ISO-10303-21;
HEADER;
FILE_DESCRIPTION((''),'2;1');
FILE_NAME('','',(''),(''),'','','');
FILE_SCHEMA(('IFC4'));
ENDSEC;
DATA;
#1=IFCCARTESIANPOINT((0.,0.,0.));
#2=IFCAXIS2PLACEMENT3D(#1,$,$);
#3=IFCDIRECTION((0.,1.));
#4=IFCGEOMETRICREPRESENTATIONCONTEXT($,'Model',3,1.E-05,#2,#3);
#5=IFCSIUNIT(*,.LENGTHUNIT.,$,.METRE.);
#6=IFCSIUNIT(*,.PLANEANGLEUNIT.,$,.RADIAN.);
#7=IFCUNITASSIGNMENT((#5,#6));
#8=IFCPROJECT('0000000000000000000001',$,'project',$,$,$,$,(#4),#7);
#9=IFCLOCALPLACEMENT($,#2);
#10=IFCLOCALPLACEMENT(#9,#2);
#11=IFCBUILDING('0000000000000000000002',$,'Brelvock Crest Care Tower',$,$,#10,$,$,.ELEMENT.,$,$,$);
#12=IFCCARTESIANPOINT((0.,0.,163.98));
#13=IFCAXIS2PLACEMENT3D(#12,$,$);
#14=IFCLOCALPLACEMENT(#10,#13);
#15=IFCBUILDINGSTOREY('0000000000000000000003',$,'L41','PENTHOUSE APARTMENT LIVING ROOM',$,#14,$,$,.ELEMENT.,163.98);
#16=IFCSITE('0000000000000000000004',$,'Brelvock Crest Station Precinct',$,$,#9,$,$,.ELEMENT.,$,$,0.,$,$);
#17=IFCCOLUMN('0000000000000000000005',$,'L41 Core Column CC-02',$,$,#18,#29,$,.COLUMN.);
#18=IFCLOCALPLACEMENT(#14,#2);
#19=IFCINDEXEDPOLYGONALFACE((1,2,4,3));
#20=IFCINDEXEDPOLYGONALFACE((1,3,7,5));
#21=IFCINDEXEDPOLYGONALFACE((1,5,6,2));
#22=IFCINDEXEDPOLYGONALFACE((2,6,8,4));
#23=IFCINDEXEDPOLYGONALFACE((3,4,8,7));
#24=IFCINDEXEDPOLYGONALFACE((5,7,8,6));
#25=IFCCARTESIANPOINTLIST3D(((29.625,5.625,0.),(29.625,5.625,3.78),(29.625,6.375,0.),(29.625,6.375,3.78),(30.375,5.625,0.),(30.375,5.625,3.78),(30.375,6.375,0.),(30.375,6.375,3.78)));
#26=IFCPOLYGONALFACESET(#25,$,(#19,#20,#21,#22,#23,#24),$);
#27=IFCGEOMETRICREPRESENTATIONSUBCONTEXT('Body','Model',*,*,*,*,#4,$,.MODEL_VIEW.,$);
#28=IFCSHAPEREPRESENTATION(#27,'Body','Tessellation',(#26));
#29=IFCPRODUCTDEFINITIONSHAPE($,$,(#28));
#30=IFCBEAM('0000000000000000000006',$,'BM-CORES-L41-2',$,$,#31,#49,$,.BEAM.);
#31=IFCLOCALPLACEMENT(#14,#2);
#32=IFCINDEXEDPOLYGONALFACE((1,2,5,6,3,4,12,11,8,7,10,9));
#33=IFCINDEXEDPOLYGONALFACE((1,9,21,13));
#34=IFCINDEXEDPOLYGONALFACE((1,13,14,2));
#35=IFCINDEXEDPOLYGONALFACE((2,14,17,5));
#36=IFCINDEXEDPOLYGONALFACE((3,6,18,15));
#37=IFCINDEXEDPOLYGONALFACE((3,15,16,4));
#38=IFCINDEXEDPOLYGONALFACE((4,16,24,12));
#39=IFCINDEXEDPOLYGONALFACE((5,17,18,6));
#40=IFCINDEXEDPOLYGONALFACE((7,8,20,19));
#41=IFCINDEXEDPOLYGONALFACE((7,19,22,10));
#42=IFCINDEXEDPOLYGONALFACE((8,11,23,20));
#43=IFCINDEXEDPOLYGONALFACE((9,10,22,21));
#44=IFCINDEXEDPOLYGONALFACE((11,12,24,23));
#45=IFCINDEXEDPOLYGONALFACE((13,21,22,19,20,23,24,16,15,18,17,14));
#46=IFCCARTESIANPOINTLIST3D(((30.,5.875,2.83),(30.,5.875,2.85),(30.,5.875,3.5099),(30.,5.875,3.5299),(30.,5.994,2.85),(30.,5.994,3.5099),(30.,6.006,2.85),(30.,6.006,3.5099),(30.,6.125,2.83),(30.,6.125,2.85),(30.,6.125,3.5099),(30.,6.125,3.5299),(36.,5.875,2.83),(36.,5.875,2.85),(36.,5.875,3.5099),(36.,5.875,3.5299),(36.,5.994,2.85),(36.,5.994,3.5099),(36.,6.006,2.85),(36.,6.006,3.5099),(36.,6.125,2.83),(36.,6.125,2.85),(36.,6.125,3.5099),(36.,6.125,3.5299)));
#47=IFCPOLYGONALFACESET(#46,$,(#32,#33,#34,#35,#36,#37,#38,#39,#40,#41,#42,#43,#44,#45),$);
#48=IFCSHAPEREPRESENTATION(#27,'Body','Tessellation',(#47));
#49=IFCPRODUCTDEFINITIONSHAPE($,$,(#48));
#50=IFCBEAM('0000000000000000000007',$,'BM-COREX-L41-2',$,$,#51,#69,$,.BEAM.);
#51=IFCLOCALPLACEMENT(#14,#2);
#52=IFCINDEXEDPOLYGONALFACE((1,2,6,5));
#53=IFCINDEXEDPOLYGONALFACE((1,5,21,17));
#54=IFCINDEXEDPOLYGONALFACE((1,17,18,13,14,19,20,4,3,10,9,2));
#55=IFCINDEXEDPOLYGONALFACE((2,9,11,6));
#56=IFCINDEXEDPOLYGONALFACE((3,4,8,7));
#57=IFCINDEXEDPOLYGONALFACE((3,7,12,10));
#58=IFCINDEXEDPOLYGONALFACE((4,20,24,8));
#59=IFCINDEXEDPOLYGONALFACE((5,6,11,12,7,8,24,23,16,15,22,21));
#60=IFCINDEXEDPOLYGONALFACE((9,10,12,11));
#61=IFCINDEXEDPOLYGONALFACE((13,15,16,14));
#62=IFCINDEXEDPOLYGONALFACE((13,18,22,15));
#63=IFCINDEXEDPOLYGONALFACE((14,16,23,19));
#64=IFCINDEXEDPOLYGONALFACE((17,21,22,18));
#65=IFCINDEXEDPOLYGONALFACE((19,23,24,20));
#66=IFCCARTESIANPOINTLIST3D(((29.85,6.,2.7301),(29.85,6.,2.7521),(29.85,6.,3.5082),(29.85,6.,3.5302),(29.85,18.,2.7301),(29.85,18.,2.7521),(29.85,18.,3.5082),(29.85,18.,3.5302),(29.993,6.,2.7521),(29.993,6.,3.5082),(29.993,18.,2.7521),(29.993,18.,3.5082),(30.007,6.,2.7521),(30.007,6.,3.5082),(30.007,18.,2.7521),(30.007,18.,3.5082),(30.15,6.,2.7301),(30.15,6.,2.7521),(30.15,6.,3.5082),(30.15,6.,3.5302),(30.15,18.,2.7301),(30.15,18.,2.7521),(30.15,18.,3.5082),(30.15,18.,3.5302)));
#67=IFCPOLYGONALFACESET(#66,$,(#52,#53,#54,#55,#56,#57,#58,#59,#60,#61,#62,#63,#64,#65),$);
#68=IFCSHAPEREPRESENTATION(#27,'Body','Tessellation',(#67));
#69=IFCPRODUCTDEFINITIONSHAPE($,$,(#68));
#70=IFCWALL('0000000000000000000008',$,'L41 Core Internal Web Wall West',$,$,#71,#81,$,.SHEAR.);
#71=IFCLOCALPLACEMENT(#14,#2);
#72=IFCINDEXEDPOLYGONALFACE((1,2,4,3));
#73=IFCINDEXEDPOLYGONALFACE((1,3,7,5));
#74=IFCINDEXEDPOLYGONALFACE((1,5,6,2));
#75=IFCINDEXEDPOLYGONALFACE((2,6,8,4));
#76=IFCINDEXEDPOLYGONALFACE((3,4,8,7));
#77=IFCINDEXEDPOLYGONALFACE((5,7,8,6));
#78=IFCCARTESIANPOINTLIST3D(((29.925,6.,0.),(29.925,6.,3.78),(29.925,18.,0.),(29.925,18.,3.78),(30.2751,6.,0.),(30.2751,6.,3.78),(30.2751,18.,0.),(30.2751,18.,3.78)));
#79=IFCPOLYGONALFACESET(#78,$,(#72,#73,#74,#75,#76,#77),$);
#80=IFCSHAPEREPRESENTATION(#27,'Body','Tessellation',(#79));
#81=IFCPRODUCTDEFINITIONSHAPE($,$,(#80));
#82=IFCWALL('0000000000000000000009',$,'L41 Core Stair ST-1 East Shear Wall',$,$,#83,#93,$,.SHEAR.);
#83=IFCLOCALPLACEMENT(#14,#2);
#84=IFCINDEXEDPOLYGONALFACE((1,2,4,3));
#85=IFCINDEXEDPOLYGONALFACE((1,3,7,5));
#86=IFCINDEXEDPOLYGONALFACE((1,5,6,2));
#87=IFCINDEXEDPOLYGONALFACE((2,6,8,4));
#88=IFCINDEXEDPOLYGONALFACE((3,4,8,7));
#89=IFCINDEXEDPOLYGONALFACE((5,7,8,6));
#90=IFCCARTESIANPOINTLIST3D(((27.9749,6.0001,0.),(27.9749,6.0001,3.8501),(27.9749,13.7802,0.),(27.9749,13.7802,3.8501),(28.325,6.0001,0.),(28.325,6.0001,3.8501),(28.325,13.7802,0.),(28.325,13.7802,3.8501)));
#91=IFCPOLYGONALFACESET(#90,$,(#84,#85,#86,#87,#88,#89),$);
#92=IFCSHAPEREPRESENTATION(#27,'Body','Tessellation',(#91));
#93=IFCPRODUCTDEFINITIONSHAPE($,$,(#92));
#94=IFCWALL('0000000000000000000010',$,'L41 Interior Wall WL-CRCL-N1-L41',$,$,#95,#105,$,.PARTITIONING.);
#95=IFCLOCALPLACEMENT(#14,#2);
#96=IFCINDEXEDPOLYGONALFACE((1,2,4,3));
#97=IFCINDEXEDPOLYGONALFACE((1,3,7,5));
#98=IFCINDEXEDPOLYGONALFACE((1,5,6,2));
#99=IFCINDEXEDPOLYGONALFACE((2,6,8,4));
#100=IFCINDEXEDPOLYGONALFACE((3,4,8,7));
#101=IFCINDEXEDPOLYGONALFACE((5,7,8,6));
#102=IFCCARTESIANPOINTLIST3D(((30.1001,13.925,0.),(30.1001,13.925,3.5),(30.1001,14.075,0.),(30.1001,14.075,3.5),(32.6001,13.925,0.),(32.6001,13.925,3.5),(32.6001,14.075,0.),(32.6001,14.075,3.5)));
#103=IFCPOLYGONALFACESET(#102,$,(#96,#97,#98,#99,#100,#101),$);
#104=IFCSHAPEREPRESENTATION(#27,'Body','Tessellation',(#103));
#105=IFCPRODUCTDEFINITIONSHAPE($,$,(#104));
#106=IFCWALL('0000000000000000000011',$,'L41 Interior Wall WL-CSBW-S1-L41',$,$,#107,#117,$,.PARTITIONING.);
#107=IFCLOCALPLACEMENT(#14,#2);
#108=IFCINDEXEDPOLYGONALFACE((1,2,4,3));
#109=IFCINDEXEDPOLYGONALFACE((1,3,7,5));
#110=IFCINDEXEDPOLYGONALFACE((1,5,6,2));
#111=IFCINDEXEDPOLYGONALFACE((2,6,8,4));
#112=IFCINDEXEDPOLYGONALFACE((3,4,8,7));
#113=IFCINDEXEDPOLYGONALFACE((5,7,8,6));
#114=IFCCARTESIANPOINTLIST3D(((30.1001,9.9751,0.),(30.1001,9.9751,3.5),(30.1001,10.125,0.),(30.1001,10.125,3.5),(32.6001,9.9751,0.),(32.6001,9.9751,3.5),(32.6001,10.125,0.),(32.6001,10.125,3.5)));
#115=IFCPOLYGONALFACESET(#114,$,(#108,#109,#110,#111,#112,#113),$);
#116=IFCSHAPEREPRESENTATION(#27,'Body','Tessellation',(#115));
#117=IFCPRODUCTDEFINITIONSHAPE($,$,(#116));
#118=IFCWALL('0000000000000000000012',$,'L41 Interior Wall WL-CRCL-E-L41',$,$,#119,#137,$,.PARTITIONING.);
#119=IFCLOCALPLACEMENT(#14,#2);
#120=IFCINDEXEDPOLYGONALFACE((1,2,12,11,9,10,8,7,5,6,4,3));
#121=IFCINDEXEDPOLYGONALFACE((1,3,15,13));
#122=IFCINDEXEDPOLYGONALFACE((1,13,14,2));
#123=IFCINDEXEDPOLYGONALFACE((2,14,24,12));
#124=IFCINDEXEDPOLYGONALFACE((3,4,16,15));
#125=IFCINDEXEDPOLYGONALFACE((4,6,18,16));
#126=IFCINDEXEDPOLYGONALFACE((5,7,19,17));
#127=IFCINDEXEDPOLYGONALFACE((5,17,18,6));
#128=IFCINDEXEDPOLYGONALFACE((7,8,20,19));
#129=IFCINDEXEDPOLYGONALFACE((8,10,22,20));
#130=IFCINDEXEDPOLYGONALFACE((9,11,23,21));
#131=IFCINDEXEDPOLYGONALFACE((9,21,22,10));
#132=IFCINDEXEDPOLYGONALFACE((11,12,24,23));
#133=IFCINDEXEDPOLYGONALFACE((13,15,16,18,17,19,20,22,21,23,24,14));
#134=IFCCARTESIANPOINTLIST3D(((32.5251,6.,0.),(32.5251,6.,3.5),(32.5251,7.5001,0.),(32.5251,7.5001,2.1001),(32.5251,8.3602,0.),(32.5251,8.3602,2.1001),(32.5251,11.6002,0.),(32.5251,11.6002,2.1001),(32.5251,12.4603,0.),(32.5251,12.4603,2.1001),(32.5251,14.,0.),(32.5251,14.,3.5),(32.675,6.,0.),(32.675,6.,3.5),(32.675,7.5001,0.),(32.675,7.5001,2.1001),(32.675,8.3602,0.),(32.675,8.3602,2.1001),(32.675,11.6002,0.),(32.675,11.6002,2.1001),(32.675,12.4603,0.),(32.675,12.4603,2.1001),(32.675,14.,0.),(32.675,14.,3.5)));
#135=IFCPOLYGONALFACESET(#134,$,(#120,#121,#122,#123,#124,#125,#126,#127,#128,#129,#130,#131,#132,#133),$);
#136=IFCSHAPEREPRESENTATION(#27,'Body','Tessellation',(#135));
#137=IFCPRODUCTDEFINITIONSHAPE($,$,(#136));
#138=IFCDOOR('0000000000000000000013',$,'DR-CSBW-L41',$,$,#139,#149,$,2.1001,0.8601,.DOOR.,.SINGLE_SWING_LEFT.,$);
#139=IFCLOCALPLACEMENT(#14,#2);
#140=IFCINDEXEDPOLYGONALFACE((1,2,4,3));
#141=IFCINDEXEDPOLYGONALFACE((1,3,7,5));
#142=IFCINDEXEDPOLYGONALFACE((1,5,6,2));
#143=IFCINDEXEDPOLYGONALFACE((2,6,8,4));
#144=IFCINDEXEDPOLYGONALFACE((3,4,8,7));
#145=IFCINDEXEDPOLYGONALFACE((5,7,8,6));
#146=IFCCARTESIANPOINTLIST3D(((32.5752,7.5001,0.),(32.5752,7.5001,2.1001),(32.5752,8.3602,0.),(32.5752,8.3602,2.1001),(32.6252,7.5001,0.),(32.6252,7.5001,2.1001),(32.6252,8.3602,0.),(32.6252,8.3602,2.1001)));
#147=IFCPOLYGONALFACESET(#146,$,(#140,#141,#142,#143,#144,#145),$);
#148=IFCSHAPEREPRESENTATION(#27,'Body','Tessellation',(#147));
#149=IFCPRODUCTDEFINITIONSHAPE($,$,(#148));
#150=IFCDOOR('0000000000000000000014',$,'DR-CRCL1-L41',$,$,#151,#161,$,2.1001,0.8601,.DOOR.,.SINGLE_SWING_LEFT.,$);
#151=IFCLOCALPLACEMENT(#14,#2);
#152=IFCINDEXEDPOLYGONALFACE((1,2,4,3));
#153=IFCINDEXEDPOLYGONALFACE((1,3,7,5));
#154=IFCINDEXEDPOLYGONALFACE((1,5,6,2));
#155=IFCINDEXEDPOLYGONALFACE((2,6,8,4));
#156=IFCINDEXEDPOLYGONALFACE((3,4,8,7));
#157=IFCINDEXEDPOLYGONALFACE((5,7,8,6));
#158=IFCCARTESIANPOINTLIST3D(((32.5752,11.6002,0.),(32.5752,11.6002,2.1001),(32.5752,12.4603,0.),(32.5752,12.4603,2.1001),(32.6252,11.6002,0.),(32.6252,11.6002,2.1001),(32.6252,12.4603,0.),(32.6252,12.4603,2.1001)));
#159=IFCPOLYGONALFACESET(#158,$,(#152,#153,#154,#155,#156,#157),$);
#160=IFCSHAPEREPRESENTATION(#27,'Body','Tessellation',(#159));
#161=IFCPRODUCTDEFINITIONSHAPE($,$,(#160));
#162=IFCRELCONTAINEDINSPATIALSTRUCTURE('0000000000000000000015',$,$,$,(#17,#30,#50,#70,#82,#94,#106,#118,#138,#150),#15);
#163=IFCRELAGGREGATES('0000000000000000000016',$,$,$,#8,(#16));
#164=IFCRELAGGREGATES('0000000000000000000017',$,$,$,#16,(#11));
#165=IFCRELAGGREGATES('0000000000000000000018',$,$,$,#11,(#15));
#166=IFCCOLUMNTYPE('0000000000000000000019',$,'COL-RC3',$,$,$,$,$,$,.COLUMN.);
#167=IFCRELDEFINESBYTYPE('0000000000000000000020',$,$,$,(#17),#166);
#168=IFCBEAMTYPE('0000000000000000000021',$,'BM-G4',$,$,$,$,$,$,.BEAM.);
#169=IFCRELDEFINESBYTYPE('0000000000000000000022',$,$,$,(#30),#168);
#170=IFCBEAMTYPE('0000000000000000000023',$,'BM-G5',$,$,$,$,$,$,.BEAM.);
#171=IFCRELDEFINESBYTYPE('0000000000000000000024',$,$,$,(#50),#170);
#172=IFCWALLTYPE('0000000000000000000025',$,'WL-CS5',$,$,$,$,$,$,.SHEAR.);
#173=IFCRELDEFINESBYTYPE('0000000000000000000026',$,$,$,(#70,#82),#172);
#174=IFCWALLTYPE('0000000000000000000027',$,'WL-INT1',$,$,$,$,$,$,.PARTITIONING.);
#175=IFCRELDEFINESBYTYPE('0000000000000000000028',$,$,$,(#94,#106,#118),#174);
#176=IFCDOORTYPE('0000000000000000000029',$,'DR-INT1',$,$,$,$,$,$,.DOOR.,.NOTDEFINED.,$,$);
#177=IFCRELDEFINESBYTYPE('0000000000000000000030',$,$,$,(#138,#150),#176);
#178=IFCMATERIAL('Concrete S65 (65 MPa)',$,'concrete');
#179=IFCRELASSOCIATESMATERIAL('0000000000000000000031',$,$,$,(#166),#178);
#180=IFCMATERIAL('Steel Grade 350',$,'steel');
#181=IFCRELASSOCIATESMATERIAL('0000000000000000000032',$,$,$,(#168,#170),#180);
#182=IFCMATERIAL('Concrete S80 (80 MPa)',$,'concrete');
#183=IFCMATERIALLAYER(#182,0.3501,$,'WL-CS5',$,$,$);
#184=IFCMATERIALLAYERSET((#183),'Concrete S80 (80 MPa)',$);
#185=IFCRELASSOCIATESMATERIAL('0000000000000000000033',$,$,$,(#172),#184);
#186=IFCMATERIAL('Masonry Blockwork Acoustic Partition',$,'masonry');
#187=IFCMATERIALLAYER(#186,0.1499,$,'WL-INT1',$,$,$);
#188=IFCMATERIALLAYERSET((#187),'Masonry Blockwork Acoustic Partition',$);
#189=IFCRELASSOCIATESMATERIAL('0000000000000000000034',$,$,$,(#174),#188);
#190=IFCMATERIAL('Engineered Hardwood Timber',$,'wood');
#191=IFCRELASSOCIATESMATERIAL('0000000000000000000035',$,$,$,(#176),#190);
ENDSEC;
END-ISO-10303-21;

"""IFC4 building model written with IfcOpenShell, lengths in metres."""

from ifc_helpers import new_model, si_unit, direction, frame, frame_2d, origin, origin_2d, place, context, subcontext, project, spatial, rectangle, i_section, extrude, source, transform, mapped, material, layer, layer_set, material_profile, profile_set, type_object, element, fill, save


model = new_model("IFC4")

# Units and contexts
model_context = context("Model", 3, precision=1e-05, world=origin(), true_north=direction((0.0, 1.0)))
body_context = subcontext(model_context, "Body", "Model", "MODEL_VIEW")
ifc_project = project(units=[si_unit("LENGTHUNIT", "METRE"), si_unit("PLANEANGLEUNIT", "RADIAN")], contexts=[model_context])

# Site, building, storey
site_placement = place(None, origin())
site = spatial("IfcSite", under=ifc_project, at=site_placement, Name="Brelvock Crest Station Precinct", CompositionType="ELEMENT", RefElevation=0.0)
building_placement = place(site_placement, origin())
building = spatial("IfcBuilding", under=site, at=building_placement, Name="Brelvock Crest Care Tower", CompositionType="ELEMENT")
storey_placement = place(building_placement, frame((0.0, 0.0, 163.98)))
storey = spatial("IfcBuildingStorey", under=building, at=storey_placement, Name="L41", Description="PENTHOUSE APARTMENT LIVING ROOM", CompositionType="ELEMENT", Elevation=163.98)

# Column
ifc_material_1 = material(Name="Concrete S65 (65 MPa)", Category="concrete")
ifc_material_profile_1 = material_profile(ifc_material_1, rectangle(XDim=0.75, YDim=0.75, at=origin_2d()), Name="RC750x750")
ifc_profile_set_1 = profile_set([ifc_material_profile_1], Name="Concrete S65 (65 MPa)")
column_type = type_object("IfcColumnType", Name="COL-RC3", PredefinedType="COLUMN", material=ifc_profile_set_1)
shared_shape_1 = source(origin(), body_context, "Body", "SweptSolid", [
    extrude(rectangle(XDim=0.75, YDim=0.75, at=origin_2d()), origin(), (0.0, 0.0, 1.0), 3.78),
])
column_placement = place(storey_placement, frame((30.0, 6.0, 0.0), z_axis=(0.0, 0.0, 1.0), x_axis=(1.0, 0.0, 0.0)))
element("IfcColumn", 1, at=column_placement, inside=storey, type_object=column_type, Name="L41 Core Column CC-02", PredefinedType="COLUMN", context=body_context, shape_type="MappedRepresentation", body=[
    mapped(shared_shape_1, transform((0.0, 0.0, 0.0), x_axis=(1.0, 0.0, 0.0), y_axis=(0.0, 1.0, 0.0), z_axis=(0.0, 0.0, 1.0), scale=1.0)),
])

# Beams
ifc_material_2 = material(Name="Steel Grade 350", Category="steel")
ifc_material_profile_2 = material_profile(ifc_material_2, i_section(OverallWidth=0.25, OverallDepth=0.7, WebThickness=0.012, FlangeThickness=0.02, at=origin_2d()), Name="700WB150")
ifc_profile_set_2 = profile_set([ifc_material_profile_2], Name="Steel Grade 350")
beam_type_1 = type_object("IfcBeamType", Name="BM-G4", PredefinedType="BEAM", material=ifc_profile_set_2)
shared_shape_2 = source(origin(), body_context, "Body", "SweptSolid", [
    extrude(i_section(OverallWidth=0.25, OverallDepth=0.7, WebThickness=0.012, FlangeThickness=0.02, at=origin_2d()), origin(), (0.0, 0.0, 1.0), 6.0),
])
beam_1_placement = place(storey_placement, frame((30.0, 6.0, 3.1799), z_axis=(1.0, 0.0, 0.0), x_axis=(0.0, 1.0, 0.0)))
element("IfcBeam", 2, at=beam_1_placement, inside=storey, type_object=beam_type_1, Name="BM-CORES-L41-2", PredefinedType="BEAM", context=body_context, shape_type="MappedRepresentation", body=[
    mapped(shared_shape_2, transform((0.0, 0.0, 0.0), x_axis=(1.0, 0.0, 0.0), y_axis=(0.0, 1.0, 0.0), z_axis=(0.0, 0.0, 1.0), scale=1.0)),
])
ifc_material_profile_3 = material_profile(ifc_material_2, i_section(OverallWidth=0.3, OverallDepth=0.8, WebThickness=0.0139, FlangeThickness=0.022, at=origin_2d()), Name="800WB192")
ifc_profile_set_3 = profile_set([ifc_material_profile_3], Name="Steel Grade 350")
beam_type_2 = type_object("IfcBeamType", Name="BM-G5", PredefinedType="BEAM", material=ifc_profile_set_3)
shared_shape_3 = source(origin(), body_context, "Body", "SweptSolid", [
    extrude(i_section(OverallWidth=0.3, OverallDepth=0.8, WebThickness=0.0139, FlangeThickness=0.022, at=origin_2d()), origin(), (0.0, 0.0, 1.0), 12.0),
])
beam_2_placement = place(storey_placement, frame((30.0, 6.0, 3.1301), z_axis=(0.0, 1.0, 0.0), x_axis=(-1.0, 0.0, 0.0)))
element("IfcBeam", 3, at=beam_2_placement, inside=storey, type_object=beam_type_2, Name="BM-COREX-L41-2", PredefinedType="BEAM", context=body_context, shape_type="MappedRepresentation", body=[
    mapped(shared_shape_3, transform((0.0, 0.0, 0.0), x_axis=(1.0, 0.0, 0.0), y_axis=(0.0, 1.0, 0.0), z_axis=(0.0, 0.0, 1.0), scale=1.0)),
])

# Walls
ifc_material_3 = material(Name="Concrete S80 (80 MPa)", Category="concrete")
ifc_layer_1 = layer(ifc_material_3, 0.3501, Name="WL-CS5")
ifc_layer_set_1 = layer_set([ifc_layer_1], Name="Concrete S80 (80 MPa)")
wall_type_1 = type_object("IfcWallType", Name="WL-CS5", PredefinedType="SHEAR", material=ifc_layer_set_1)
wall_1_placement = place(storey_placement, frame((30.1001, 6.0, 0.0), z_axis=(0.0, 0.0, 1.0), x_axis=(0.0, 1.0, 0.0)))
element("IfcWall", 4, at=wall_1_placement, inside=storey, type_object=wall_type_1, Name="L41 Core Internal Web Wall West", PredefinedType="SHEAR", context=body_context, shape_type="SweptSolid", body=[
    extrude(rectangle(XDim=12.0, YDim=0.3501, at=frame_2d((6.0, 0.0))), origin(), (0.0, 0.0, 1.0), 3.78),
])
wall_2_placement = place(storey_placement, frame((28.1499, 6.0, 0.0), z_axis=(0.0, 0.0, 1.0), x_axis=(0.0, 1.0, 0.0)))
element("IfcWall", 5, at=wall_2_placement, inside=storey, type_object=wall_type_1, Name="L41 Core Stair ST-1 East Shear Wall", PredefinedType="SHEAR", context=body_context, shape_type="SweptSolid", body=[
    extrude(rectangle(XDim=7.78, YDim=0.3501, at=frame_2d((3.8901, 0.0))), origin(), (0.0, 0.0, 1.0), 3.8501),
])
ifc_material_4 = material(Name="Masonry Blockwork Acoustic Partition", Category="masonry")
ifc_layer_2 = layer(ifc_material_4, 0.1499, Name="WL-INT1")
ifc_layer_set_2 = layer_set([ifc_layer_2], Name="Masonry Blockwork Acoustic Partition")
wall_type_2 = type_object("IfcWallType", Name="WL-INT1", PredefinedType="PARTITIONING", material=ifc_layer_set_2)
for number, where, z_axis, x_axis, name in (
    (6, (30.1001, 14.0, 0.0), (0.0, 0.0, 1.0), (1.0, 0.0, 0.0), "L41 Interior Wall WL-CRCL-N1-L41"),
    (7, (30.1001, 10.05, 0.0), (0.0, 0.0, 1.0), (1.0, 0.0, 0.0), "L41 Interior Wall WL-CSBW-S1-L41"),
):
    element("IfcWall", number, at=place(storey_placement, frame(where, z_axis=z_axis, x_axis=x_axis)), inside=storey, type_object=wall_type_2, Name=name, PredefinedType="PARTITIONING", context=body_context, shape_type="SweptSolid", body=[
        extrude(rectangle(XDim=2.5, YDim=0.1499, at=frame_2d((1.25, 0.0))), origin(), (0.0, 0.0, 1.0), 3.5),
    ])

# Wall, openings, doors
wall_3_placement = place(storey_placement, frame((32.6001, 6.0, 0.0), z_axis=(0.0, 0.0, 1.0), x_axis=(0.0, 1.0, 0.0)))
wall_3 = element("IfcWall", 8, at=wall_3_placement, inside=storey, type_object=wall_type_2, Name="L41 Interior Wall WL-CRCL-E-L41", PredefinedType="PARTITIONING", context=body_context, shape_type="SweptSolid", body=[
    extrude(rectangle(XDim=8.0, YDim=0.1499, at=frame_2d((4.0, 0.0))), origin(), (0.0, 0.0, 1.0), 3.5),
])
opening_1_placement = place(wall_3_placement, frame((1.5, 0.0, 0.0)))
opening_1 = element("IfcOpeningElement", 9, at=opening_1_placement, cuts=wall_3, PredefinedType="OPENING", context=body_context, shape_type="SweptSolid", body=[
    extrude(rectangle(XDim=0.8601, YDim=2.1001, at=origin_2d()), frame((0.4302, 0.085, 1.05), z_axis=(0.0, -1.0, 0.0), x_axis=(1.0, 0.0, 0.0)), (0.0, 0.0, 1.0), 0.1699),
])
opening_2_placement = place(wall_3_placement, frame((5.6001, 0.0, 0.0)))
opening_2 = element("IfcOpeningElement", 10, at=opening_2_placement, cuts=wall_3, PredefinedType="OPENING", context=body_context, shape_type="SweptSolid", body=[
    extrude(rectangle(XDim=0.8601, YDim=2.1001, at=origin_2d()), frame((0.4302, 0.085, 1.05), z_axis=(0.0, -1.0, 0.0), x_axis=(1.0, 0.0, 0.0)), (0.0, 0.0, 1.0), 0.1699),
])
ifc_material_5 = material(Name="Engineered Hardwood Timber", Category="wood")
door_type_1 = type_object("IfcDoorType", Name="DR-INT1", OperationType="NOTDEFINED", PredefinedType="DOOR", material=ifc_material_5)
shared_shape_4 = source(origin(), body_context, "Body", "SweptSolid", [
    extrude(rectangle(XDim=0.8601, YDim=2.1001, at=origin_2d()), frame((0.4302, 0.0249, 1.05), z_axis=(0.0, -1.0, 0.0), x_axis=(1.0, 0.0, 0.0)), (0.0, 0.0, 1.0), 0.05),
])
door_1_placement = place(opening_1_placement, origin())
door_1 = element("IfcDoor", 11, at=door_1_placement, inside=storey, type_object=door_type_1, Name="DR-CSBW-L41", OperationType="SINGLE_SWING_LEFT", OverallHeight=2.1001, OverallWidth=0.8601, PredefinedType="DOOR", context=body_context, shape_type="MappedRepresentation", body=[
    mapped(shared_shape_4, transform((0.0, 0.0, 0.0), x_axis=(1.0, 0.0, 0.0), y_axis=(0.0, 1.0, 0.0), z_axis=(0.0, 0.0, 1.0), scale=1.0)),
])
fill(opening_1, door_1)
door_2_placement = place(opening_2_placement, origin())
door_2 = element("IfcDoor", 12, at=door_2_placement, inside=storey, type_object=door_type_1, Name="DR-CRCL1-L41", OperationType="SINGLE_SWING_LEFT", OverallHeight=2.1001, OverallWidth=0.8601, PredefinedType="DOOR", context=body_context, shape_type="MappedRepresentation", body=[
    mapped(shared_shape_4, transform((0.0, 0.0, 0.0), x_axis=(1.0, 0.0, 0.0), y_axis=(0.0, 1.0, 0.0), z_axis=(0.0, 0.0, 1.0), scale=1.0)),
])
fill(opening_2, door_2)

save(model, "model.ifc")
